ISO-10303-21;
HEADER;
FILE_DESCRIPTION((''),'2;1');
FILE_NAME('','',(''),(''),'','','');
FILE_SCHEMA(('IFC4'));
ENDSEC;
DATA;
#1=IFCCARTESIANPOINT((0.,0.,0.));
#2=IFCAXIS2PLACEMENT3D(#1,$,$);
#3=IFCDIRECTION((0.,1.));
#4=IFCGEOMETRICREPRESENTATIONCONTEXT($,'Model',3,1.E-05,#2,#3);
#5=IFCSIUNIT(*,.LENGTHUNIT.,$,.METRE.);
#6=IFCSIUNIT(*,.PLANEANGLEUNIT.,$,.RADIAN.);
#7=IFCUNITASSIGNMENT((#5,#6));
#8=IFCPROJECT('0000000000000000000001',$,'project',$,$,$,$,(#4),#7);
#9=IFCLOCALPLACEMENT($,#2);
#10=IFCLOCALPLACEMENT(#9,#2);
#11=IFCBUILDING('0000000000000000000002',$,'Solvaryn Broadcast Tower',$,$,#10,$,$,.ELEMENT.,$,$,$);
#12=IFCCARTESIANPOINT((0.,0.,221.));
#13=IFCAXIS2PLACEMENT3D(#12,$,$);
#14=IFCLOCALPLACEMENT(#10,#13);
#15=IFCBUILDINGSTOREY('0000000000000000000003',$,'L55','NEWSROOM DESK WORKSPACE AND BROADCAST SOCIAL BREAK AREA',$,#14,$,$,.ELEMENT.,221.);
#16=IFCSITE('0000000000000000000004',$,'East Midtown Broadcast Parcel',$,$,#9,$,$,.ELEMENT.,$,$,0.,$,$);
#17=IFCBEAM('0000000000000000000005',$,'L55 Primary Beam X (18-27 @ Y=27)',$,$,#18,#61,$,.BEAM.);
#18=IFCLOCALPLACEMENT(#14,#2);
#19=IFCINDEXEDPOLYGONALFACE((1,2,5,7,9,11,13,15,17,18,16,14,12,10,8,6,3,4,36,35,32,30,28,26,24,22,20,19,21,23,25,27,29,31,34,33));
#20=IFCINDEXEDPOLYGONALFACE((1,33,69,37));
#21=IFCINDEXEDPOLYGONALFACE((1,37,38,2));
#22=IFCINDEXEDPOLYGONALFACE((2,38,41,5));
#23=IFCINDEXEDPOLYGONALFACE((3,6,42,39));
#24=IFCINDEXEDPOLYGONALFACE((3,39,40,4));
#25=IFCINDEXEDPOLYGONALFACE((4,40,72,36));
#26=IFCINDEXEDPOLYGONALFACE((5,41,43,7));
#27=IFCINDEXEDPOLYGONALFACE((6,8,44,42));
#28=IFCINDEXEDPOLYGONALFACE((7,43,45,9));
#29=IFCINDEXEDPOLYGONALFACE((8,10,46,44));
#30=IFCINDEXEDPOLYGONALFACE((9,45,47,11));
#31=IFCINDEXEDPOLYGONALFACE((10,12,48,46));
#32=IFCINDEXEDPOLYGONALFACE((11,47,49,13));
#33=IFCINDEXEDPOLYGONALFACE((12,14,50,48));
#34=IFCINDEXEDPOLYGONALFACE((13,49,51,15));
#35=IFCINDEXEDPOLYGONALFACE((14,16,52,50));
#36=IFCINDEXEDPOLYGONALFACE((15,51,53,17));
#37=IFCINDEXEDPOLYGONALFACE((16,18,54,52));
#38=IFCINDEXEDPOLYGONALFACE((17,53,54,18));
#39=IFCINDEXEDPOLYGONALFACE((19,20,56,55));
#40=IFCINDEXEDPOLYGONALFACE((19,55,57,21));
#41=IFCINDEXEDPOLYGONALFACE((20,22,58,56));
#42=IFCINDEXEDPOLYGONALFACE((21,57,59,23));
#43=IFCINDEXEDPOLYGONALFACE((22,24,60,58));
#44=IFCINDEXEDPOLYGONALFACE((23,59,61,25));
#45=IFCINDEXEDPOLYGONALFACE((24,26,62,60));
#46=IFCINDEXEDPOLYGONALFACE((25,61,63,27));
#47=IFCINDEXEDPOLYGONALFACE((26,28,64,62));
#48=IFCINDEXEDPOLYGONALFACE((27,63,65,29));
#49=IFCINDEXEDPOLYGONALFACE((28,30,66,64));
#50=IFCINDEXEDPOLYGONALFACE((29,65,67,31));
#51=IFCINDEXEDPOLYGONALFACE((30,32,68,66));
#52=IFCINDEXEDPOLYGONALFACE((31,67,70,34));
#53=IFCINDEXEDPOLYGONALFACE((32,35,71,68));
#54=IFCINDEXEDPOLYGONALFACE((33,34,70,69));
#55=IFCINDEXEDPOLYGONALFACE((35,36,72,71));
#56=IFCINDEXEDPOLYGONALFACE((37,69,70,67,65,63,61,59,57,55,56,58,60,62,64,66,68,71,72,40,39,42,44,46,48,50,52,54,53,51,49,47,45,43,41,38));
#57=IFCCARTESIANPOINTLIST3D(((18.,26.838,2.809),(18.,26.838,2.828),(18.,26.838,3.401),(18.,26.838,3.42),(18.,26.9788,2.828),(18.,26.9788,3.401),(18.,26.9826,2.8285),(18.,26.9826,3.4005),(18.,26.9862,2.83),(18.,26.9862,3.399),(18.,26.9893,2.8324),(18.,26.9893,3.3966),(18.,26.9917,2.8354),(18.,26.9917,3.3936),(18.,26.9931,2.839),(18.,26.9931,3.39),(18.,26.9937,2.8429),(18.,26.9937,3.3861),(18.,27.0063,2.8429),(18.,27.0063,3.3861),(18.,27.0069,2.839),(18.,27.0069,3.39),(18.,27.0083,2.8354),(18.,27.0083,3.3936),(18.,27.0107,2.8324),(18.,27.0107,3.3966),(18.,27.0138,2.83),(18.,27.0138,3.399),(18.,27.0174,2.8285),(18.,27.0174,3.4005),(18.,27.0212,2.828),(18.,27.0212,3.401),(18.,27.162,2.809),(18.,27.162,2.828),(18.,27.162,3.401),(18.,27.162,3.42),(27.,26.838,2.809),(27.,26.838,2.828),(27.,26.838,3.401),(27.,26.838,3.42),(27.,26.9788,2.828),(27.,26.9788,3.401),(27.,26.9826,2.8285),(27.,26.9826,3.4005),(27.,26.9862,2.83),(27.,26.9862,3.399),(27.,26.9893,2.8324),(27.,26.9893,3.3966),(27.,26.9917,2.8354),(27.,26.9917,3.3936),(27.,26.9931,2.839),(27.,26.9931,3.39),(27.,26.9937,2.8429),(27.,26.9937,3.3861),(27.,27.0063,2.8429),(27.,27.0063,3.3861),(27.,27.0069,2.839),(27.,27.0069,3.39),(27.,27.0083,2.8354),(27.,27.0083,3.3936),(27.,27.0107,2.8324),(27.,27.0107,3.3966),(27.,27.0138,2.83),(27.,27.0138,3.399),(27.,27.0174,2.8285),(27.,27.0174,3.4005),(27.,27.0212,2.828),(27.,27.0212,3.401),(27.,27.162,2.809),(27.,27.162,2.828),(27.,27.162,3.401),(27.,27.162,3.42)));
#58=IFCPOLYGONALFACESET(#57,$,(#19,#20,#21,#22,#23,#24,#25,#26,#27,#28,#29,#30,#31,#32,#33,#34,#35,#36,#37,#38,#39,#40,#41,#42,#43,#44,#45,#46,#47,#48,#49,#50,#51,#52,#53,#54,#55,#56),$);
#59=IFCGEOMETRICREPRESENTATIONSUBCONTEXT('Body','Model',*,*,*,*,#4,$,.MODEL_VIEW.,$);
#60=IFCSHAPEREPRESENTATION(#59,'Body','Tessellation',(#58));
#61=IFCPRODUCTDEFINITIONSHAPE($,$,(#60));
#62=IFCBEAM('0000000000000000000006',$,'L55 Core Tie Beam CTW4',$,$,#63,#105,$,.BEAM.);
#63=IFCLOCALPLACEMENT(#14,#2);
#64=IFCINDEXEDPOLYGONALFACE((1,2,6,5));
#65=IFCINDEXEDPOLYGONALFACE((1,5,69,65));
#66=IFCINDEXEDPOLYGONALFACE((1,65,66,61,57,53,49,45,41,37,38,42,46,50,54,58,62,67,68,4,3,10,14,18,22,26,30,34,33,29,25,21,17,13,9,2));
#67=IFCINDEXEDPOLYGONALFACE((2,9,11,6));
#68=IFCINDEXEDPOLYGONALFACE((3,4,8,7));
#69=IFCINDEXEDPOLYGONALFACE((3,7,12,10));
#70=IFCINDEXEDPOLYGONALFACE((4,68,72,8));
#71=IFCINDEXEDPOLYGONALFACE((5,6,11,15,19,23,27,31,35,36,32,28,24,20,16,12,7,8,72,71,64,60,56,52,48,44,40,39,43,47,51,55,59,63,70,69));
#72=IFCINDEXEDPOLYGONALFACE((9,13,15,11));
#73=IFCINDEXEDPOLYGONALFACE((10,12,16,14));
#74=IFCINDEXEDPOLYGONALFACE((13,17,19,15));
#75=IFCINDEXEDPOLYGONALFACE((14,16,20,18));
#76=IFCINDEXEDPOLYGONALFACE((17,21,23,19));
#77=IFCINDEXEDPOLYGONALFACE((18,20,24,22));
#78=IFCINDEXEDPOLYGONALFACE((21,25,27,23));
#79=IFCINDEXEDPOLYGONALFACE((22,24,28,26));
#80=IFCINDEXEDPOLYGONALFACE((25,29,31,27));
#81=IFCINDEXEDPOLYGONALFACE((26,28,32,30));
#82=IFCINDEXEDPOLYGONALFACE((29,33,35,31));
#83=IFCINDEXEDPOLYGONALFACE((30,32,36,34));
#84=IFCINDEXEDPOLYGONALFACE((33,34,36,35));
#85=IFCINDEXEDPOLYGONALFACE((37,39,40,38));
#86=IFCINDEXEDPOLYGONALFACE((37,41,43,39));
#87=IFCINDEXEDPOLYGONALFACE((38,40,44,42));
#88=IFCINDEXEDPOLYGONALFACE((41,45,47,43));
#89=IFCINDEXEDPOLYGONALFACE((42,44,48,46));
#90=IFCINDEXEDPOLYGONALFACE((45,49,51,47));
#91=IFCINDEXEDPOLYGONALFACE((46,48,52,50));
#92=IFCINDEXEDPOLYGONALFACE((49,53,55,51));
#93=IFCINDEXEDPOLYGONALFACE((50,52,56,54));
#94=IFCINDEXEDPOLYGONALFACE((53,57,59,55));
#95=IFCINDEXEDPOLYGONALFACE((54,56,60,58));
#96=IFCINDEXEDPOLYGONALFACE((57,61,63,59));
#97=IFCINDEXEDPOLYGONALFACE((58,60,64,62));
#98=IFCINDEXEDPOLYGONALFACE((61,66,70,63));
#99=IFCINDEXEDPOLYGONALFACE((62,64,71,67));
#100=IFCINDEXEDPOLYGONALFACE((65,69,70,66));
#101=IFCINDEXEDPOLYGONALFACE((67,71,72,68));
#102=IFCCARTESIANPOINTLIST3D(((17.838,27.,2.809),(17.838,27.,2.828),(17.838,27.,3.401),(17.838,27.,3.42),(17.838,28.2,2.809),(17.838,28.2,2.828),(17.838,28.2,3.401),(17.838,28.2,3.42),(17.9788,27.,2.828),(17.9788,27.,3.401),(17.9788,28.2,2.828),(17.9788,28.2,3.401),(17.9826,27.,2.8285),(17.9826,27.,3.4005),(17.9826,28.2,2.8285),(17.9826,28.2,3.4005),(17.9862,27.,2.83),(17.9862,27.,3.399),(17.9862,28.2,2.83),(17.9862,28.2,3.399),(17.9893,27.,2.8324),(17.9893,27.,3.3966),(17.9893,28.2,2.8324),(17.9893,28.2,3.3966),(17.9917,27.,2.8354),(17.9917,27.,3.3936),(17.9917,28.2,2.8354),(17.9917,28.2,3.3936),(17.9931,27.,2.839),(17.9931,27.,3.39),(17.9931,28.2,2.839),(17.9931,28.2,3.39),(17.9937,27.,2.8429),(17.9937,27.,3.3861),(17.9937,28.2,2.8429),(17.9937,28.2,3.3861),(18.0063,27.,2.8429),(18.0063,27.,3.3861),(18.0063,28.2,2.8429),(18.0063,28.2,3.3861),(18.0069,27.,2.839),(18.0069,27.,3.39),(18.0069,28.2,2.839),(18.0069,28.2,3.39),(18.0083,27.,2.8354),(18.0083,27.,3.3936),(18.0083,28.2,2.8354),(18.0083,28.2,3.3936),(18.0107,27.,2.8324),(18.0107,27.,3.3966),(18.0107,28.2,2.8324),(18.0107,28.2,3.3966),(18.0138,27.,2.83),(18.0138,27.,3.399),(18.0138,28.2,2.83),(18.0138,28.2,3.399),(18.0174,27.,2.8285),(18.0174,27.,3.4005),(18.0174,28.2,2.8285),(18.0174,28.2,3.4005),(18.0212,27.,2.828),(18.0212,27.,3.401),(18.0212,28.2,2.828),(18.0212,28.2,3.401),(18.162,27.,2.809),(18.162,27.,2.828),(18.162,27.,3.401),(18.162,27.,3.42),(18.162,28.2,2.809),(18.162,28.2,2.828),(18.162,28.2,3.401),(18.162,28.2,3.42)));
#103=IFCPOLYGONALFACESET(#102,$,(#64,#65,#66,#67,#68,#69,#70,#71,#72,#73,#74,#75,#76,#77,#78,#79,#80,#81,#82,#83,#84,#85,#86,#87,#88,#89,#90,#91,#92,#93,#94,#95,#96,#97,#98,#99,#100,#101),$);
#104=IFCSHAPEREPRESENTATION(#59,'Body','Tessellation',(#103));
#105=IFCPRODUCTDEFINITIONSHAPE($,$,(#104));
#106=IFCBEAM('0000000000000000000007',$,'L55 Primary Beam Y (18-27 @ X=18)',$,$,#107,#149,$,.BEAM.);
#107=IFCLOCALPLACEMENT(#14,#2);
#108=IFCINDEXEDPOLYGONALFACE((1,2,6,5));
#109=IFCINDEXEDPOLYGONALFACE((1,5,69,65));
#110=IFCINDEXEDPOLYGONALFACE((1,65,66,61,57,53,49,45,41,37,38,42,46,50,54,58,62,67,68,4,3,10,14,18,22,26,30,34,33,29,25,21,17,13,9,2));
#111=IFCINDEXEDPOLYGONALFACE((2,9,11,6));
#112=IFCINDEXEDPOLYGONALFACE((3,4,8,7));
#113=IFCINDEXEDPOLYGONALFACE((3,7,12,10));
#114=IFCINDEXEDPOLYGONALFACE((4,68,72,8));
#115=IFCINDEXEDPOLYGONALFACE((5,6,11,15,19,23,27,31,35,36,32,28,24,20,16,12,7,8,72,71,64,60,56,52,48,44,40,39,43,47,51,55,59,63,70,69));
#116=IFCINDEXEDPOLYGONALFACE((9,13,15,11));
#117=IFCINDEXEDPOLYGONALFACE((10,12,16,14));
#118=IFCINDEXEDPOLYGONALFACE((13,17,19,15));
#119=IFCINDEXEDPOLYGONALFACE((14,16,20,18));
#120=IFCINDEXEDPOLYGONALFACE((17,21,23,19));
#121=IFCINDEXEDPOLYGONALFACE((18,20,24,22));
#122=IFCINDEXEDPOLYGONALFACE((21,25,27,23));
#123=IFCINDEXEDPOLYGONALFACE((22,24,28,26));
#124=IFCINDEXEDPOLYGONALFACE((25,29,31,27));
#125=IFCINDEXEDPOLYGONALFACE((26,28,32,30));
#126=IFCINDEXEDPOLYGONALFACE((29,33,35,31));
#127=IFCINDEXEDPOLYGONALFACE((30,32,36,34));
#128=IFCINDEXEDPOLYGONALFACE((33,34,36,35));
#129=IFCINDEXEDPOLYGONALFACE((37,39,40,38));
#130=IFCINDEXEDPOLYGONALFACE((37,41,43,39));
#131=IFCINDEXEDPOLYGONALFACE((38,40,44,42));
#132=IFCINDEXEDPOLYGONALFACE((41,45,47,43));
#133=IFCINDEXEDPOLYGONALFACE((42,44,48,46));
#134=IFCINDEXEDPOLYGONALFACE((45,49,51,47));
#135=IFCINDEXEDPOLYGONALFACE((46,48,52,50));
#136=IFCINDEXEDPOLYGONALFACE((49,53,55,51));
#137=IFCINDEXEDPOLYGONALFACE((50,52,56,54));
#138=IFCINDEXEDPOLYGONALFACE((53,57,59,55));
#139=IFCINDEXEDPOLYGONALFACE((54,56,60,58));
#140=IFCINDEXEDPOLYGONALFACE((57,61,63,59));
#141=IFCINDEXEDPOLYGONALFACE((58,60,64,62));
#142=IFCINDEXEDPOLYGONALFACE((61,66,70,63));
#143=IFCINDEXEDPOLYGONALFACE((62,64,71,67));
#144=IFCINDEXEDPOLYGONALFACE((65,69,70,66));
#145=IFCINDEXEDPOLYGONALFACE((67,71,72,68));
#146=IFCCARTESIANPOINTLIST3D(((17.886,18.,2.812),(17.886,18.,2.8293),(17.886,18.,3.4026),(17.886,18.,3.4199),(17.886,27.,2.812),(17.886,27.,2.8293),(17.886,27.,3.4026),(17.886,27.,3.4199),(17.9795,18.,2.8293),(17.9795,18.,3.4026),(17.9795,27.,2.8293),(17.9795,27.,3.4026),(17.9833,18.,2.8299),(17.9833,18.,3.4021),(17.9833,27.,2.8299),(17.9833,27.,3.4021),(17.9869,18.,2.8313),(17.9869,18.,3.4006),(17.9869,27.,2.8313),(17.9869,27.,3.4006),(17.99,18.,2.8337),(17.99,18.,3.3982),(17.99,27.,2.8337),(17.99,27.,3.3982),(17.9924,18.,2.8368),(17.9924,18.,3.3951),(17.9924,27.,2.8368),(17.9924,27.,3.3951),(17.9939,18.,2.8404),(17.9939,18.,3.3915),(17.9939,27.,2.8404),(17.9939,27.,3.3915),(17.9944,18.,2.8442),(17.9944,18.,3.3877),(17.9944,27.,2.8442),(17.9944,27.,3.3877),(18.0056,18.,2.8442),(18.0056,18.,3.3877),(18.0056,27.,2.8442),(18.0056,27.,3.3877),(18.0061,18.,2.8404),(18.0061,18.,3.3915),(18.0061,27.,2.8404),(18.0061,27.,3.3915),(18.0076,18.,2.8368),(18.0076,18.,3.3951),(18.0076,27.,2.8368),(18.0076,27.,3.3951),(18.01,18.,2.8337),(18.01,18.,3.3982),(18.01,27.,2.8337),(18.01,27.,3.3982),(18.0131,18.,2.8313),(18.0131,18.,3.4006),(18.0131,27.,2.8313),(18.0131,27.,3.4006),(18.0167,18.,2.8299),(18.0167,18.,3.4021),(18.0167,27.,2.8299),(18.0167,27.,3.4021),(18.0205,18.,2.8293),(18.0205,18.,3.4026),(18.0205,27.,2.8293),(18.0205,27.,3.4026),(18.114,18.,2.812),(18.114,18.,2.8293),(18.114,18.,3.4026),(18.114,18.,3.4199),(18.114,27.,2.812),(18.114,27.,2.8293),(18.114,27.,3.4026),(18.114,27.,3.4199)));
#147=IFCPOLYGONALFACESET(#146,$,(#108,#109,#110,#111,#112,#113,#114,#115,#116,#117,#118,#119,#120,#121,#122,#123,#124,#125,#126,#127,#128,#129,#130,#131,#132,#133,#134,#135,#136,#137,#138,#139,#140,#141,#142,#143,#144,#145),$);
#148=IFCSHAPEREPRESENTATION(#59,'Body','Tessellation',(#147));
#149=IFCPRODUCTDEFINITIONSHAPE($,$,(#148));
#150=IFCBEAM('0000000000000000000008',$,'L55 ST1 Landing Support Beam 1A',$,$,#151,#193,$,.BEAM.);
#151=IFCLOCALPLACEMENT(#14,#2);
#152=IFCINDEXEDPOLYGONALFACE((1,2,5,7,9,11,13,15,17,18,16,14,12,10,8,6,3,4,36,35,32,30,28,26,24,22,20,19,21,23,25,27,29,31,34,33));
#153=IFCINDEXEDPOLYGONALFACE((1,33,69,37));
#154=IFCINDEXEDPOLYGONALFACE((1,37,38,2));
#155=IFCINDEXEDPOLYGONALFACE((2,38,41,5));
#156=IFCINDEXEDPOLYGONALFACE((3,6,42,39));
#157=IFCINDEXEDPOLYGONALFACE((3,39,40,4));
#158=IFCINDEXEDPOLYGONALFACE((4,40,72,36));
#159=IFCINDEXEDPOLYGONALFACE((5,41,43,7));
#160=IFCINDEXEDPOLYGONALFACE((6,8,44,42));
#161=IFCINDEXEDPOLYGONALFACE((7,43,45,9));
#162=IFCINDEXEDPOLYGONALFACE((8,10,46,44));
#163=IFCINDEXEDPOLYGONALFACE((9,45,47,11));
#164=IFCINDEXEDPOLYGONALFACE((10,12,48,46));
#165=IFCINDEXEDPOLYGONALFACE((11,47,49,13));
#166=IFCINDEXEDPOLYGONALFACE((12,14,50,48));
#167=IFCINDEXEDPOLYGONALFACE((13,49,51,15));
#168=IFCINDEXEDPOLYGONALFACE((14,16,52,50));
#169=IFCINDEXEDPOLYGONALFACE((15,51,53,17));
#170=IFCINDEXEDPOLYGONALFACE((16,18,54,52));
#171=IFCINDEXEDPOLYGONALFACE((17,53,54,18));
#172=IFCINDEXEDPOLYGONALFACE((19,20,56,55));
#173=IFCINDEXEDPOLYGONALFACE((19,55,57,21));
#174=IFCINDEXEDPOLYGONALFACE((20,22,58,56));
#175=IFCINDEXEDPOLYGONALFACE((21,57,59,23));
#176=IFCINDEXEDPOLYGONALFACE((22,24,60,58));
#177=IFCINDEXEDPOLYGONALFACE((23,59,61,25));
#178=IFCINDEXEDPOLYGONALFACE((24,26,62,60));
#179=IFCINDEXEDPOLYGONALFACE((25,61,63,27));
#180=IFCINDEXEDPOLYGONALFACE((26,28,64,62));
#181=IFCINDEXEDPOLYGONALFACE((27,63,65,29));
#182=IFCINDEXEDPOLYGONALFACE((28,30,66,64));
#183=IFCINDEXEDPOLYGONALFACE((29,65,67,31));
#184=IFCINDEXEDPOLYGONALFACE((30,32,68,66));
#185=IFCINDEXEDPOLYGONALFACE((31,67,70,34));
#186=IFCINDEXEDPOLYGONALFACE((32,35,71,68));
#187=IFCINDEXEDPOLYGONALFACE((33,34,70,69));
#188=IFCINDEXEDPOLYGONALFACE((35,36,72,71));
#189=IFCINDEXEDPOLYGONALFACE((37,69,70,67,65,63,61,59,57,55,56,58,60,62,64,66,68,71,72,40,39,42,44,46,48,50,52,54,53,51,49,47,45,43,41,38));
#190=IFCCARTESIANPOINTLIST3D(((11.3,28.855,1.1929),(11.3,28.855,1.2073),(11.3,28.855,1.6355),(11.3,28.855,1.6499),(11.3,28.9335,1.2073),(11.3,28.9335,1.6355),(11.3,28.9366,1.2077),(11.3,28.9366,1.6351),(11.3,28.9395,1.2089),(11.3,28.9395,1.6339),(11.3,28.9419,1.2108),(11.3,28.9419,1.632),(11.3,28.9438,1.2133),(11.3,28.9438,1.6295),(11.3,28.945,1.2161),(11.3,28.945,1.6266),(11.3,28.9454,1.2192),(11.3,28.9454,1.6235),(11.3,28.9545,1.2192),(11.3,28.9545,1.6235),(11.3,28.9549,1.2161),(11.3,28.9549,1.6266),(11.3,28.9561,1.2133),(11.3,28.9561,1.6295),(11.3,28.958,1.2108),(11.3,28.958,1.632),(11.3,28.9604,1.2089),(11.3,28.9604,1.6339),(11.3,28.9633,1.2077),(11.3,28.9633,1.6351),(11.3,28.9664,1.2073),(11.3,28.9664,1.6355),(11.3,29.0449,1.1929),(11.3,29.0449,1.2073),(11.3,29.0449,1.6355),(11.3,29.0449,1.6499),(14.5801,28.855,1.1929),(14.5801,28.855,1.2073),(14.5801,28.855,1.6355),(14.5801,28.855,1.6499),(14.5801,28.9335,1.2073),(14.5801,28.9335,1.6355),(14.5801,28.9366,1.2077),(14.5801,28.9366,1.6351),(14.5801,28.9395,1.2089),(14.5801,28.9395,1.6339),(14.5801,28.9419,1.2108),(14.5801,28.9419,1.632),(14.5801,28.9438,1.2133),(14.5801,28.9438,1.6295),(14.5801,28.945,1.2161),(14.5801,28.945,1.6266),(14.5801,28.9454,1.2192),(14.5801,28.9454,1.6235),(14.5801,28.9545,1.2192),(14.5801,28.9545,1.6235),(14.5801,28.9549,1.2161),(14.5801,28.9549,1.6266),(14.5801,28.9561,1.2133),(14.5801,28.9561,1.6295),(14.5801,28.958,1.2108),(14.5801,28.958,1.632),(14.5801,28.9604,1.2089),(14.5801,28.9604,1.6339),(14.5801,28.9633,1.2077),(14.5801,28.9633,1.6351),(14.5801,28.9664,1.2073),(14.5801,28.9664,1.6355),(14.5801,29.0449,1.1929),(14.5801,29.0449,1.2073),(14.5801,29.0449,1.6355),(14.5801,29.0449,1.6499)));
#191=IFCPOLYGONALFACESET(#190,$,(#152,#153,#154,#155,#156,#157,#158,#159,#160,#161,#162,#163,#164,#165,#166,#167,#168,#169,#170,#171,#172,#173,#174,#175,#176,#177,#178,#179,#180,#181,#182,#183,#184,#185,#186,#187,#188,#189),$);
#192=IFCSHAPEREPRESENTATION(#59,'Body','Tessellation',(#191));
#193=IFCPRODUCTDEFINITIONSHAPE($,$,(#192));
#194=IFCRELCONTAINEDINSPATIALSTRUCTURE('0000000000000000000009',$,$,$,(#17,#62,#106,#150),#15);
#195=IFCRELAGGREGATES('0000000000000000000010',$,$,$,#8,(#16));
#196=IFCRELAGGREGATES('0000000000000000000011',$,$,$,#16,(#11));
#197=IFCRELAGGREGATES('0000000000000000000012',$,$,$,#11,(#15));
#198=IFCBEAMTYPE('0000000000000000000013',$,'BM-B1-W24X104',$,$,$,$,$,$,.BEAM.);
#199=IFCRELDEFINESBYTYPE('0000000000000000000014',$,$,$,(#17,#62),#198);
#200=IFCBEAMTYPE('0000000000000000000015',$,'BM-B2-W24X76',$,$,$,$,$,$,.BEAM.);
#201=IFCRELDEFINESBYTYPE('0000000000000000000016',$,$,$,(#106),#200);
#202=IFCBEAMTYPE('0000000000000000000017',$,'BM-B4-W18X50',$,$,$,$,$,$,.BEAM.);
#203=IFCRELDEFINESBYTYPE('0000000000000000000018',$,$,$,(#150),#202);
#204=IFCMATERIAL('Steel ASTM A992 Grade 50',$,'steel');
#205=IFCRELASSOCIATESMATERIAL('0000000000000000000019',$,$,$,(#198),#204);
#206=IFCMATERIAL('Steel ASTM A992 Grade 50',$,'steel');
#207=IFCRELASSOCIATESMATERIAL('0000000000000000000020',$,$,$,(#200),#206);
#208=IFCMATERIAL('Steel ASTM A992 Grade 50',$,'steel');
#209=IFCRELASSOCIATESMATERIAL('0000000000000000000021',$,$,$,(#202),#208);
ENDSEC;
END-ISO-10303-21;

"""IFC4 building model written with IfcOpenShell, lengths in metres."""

from ifc_helpers import new_model, si_unit, direction, frame, origin, origin_2d, place, context, subcontext, project, spatial, i_section, extrude, material, material_profile, profile_set, type_object, element, save


model = new_model("IFC4")

# Units and contexts
model_context = context("Model", 3, precision=1e-05, world=origin(), true_north=direction((0.0, 1.0)))
body_context = subcontext(model_context, "Body", "Model", "MODEL_VIEW")
ifc_project = project(units=[si_unit("LENGTHUNIT", "METRE"), si_unit("PLANEANGLEUNIT", "RADIAN")], contexts=[model_context])

# Site, building, storey
site_placement = place(None, origin())
site = spatial("IfcSite", under=ifc_project, at=site_placement, Name="East Midtown Broadcast Parcel", CompositionType="ELEMENT", RefElevation=0.0)
building_placement = place(site_placement, origin())
building = spatial("IfcBuilding", under=site, at=building_placement, Name="Solvaryn Broadcast Tower", CompositionType="ELEMENT")
storey_placement = place(building_placement, frame((0.0, 0.0, 221.0)))
storey = spatial("IfcBuildingStorey", under=building, at=storey_placement, Name="L55", Description="NEWSROOM DESK WORKSPACE AND BROADCAST SOCIAL BREAK AREA", CompositionType="ELEMENT", Elevation=221.0)

# Beams
ifc_material_1 = material(Name="Steel ASTM A992 Grade 50", Category="steel")
ifc_material_profile_1 = material_profile(ifc_material_1, i_section(OverallWidth=0.324, OverallDepth=0.6111, WebThickness=0.0127, FlangeThickness=0.019, FilletRadius=0.0149, at=origin_2d()))
ifc_profile_set_1 = profile_set([ifc_material_profile_1], Name="Steel ASTM A992 Grade 50")
beam_type_1 = type_object("IfcBeamType", Name="BM-B1-W24X104", PredefinedType="BEAM", material=ifc_profile_set_1)
for number, where, z_axis, x_axis, name in (
    (1, (18.0, 27.0, 3.1145), (1.0, 0.0, 0.0), (0.0, 1.0, 0.0), "L55 Primary Beam X (18-27 @ Y=27)"),
):
    element("IfcBeam", number, at=place(storey_placement, frame(where, z_axis=z_axis, x_axis=x_axis)), inside=storey, type_object=beam_type_1, Name=name, PredefinedType="BEAM", context=body_context, shape_type="SweptSolid", body=[
        extrude(i_section(OverallWidth=0.324, OverallDepth=0.6111, WebThickness=0.0127, FlangeThickness=0.019, FilletRadius=0.0149, at=origin_2d()), origin(), (0.0, 0.0, 1.0), 9.0),
    ])
beam_1_placement = place(storey_placement, frame((18.0, 27.0, 3.1145), z_axis=(0.0, 1.0, 0.0), x_axis=(-1.0, 0.0, 0.0)))
element("IfcBeam", 2, at=beam_1_placement, inside=storey, type_object=beam_type_1, Name="L55 Core Tie Beam CTW4", PredefinedType="BEAM", context=body_context, shape_type="SweptSolid", body=[
    extrude(i_section(OverallWidth=0.324, OverallDepth=0.6111, WebThickness=0.0127, FlangeThickness=0.019, FilletRadius=0.0149, at=origin_2d()), origin(), (0.0, 0.0, 1.0), 1.2),
])
ifc_material_2 = material(Name="Steel ASTM A992 Grade 50", Category="steel")
ifc_material_profile_2 = material_profile(ifc_material_2, i_section(OverallWidth=0.228, OverallDepth=0.6079, WebThickness=0.0112, FlangeThickness=0.0173, FilletRadius=0.0149, at=origin_2d()))
ifc_profile_set_2 = profile_set([ifc_material_profile_2], Name="Steel ASTM A992 Grade 50")
beam_type_2 = type_object("IfcBeamType", Name="BM-B2-W24X76", PredefinedType="BEAM", material=ifc_profile_set_2)
beam_2_placement = place(storey_placement, frame((18.0, 18.0, 3.116), z_axis=(0.0, 1.0, 0.0), x_axis=(-1.0, 0.0, 0.0)))
element("IfcBeam", 3, at=beam_2_placement, inside=storey, type_object=beam_type_2, Name="L55 Primary Beam Y (18-27 @ X=18)", PredefinedType="BEAM", context=body_context, shape_type="SweptSolid", body=[
    extrude(i_section(OverallWidth=0.228, OverallDepth=0.6079, WebThickness=0.0112, FlangeThickness=0.0173, FilletRadius=0.0149, at=origin_2d()), origin(), (0.0, 0.0, 1.0), 9.0),
])
ifc_material_3 = material(Name="Steel ASTM A992 Grade 50", Category="steel")
ifc_material_profile_3 = material_profile(ifc_material_3, i_section(OverallWidth=0.1899, OverallDepth=0.457, WebThickness=0.009, FlangeThickness=0.0144, FilletRadius=0.012, at=origin_2d()))
ifc_profile_set_3 = profile_set([ifc_material_profile_3], Name="Steel ASTM A992 Grade 50")
beam_type_3 = type_object("IfcBeamType", Name="BM-B4-W18X50", PredefinedType="BEAM", material=ifc_profile_set_3)
beam_3_placement = place(storey_placement, frame((11.3, 28.95, 1.4214), z_axis=(1.0, 0.0, 0.0), x_axis=(0.0, 1.0, 0.0)))
element("IfcBeam", 4, at=beam_3_placement, inside=storey, type_object=beam_type_3, Name="L55 ST1 Landing Support Beam 1A", PredefinedType="BEAM", context=body_context, shape_type="SweptSolid", body=[
    extrude(i_section(OverallWidth=0.1899, OverallDepth=0.457, WebThickness=0.009, FlangeThickness=0.0144, FilletRadius=0.012, at=origin_2d()), origin(), (0.0, 0.0, 1.0), 3.28),
])

save(model, "model.ifc")
